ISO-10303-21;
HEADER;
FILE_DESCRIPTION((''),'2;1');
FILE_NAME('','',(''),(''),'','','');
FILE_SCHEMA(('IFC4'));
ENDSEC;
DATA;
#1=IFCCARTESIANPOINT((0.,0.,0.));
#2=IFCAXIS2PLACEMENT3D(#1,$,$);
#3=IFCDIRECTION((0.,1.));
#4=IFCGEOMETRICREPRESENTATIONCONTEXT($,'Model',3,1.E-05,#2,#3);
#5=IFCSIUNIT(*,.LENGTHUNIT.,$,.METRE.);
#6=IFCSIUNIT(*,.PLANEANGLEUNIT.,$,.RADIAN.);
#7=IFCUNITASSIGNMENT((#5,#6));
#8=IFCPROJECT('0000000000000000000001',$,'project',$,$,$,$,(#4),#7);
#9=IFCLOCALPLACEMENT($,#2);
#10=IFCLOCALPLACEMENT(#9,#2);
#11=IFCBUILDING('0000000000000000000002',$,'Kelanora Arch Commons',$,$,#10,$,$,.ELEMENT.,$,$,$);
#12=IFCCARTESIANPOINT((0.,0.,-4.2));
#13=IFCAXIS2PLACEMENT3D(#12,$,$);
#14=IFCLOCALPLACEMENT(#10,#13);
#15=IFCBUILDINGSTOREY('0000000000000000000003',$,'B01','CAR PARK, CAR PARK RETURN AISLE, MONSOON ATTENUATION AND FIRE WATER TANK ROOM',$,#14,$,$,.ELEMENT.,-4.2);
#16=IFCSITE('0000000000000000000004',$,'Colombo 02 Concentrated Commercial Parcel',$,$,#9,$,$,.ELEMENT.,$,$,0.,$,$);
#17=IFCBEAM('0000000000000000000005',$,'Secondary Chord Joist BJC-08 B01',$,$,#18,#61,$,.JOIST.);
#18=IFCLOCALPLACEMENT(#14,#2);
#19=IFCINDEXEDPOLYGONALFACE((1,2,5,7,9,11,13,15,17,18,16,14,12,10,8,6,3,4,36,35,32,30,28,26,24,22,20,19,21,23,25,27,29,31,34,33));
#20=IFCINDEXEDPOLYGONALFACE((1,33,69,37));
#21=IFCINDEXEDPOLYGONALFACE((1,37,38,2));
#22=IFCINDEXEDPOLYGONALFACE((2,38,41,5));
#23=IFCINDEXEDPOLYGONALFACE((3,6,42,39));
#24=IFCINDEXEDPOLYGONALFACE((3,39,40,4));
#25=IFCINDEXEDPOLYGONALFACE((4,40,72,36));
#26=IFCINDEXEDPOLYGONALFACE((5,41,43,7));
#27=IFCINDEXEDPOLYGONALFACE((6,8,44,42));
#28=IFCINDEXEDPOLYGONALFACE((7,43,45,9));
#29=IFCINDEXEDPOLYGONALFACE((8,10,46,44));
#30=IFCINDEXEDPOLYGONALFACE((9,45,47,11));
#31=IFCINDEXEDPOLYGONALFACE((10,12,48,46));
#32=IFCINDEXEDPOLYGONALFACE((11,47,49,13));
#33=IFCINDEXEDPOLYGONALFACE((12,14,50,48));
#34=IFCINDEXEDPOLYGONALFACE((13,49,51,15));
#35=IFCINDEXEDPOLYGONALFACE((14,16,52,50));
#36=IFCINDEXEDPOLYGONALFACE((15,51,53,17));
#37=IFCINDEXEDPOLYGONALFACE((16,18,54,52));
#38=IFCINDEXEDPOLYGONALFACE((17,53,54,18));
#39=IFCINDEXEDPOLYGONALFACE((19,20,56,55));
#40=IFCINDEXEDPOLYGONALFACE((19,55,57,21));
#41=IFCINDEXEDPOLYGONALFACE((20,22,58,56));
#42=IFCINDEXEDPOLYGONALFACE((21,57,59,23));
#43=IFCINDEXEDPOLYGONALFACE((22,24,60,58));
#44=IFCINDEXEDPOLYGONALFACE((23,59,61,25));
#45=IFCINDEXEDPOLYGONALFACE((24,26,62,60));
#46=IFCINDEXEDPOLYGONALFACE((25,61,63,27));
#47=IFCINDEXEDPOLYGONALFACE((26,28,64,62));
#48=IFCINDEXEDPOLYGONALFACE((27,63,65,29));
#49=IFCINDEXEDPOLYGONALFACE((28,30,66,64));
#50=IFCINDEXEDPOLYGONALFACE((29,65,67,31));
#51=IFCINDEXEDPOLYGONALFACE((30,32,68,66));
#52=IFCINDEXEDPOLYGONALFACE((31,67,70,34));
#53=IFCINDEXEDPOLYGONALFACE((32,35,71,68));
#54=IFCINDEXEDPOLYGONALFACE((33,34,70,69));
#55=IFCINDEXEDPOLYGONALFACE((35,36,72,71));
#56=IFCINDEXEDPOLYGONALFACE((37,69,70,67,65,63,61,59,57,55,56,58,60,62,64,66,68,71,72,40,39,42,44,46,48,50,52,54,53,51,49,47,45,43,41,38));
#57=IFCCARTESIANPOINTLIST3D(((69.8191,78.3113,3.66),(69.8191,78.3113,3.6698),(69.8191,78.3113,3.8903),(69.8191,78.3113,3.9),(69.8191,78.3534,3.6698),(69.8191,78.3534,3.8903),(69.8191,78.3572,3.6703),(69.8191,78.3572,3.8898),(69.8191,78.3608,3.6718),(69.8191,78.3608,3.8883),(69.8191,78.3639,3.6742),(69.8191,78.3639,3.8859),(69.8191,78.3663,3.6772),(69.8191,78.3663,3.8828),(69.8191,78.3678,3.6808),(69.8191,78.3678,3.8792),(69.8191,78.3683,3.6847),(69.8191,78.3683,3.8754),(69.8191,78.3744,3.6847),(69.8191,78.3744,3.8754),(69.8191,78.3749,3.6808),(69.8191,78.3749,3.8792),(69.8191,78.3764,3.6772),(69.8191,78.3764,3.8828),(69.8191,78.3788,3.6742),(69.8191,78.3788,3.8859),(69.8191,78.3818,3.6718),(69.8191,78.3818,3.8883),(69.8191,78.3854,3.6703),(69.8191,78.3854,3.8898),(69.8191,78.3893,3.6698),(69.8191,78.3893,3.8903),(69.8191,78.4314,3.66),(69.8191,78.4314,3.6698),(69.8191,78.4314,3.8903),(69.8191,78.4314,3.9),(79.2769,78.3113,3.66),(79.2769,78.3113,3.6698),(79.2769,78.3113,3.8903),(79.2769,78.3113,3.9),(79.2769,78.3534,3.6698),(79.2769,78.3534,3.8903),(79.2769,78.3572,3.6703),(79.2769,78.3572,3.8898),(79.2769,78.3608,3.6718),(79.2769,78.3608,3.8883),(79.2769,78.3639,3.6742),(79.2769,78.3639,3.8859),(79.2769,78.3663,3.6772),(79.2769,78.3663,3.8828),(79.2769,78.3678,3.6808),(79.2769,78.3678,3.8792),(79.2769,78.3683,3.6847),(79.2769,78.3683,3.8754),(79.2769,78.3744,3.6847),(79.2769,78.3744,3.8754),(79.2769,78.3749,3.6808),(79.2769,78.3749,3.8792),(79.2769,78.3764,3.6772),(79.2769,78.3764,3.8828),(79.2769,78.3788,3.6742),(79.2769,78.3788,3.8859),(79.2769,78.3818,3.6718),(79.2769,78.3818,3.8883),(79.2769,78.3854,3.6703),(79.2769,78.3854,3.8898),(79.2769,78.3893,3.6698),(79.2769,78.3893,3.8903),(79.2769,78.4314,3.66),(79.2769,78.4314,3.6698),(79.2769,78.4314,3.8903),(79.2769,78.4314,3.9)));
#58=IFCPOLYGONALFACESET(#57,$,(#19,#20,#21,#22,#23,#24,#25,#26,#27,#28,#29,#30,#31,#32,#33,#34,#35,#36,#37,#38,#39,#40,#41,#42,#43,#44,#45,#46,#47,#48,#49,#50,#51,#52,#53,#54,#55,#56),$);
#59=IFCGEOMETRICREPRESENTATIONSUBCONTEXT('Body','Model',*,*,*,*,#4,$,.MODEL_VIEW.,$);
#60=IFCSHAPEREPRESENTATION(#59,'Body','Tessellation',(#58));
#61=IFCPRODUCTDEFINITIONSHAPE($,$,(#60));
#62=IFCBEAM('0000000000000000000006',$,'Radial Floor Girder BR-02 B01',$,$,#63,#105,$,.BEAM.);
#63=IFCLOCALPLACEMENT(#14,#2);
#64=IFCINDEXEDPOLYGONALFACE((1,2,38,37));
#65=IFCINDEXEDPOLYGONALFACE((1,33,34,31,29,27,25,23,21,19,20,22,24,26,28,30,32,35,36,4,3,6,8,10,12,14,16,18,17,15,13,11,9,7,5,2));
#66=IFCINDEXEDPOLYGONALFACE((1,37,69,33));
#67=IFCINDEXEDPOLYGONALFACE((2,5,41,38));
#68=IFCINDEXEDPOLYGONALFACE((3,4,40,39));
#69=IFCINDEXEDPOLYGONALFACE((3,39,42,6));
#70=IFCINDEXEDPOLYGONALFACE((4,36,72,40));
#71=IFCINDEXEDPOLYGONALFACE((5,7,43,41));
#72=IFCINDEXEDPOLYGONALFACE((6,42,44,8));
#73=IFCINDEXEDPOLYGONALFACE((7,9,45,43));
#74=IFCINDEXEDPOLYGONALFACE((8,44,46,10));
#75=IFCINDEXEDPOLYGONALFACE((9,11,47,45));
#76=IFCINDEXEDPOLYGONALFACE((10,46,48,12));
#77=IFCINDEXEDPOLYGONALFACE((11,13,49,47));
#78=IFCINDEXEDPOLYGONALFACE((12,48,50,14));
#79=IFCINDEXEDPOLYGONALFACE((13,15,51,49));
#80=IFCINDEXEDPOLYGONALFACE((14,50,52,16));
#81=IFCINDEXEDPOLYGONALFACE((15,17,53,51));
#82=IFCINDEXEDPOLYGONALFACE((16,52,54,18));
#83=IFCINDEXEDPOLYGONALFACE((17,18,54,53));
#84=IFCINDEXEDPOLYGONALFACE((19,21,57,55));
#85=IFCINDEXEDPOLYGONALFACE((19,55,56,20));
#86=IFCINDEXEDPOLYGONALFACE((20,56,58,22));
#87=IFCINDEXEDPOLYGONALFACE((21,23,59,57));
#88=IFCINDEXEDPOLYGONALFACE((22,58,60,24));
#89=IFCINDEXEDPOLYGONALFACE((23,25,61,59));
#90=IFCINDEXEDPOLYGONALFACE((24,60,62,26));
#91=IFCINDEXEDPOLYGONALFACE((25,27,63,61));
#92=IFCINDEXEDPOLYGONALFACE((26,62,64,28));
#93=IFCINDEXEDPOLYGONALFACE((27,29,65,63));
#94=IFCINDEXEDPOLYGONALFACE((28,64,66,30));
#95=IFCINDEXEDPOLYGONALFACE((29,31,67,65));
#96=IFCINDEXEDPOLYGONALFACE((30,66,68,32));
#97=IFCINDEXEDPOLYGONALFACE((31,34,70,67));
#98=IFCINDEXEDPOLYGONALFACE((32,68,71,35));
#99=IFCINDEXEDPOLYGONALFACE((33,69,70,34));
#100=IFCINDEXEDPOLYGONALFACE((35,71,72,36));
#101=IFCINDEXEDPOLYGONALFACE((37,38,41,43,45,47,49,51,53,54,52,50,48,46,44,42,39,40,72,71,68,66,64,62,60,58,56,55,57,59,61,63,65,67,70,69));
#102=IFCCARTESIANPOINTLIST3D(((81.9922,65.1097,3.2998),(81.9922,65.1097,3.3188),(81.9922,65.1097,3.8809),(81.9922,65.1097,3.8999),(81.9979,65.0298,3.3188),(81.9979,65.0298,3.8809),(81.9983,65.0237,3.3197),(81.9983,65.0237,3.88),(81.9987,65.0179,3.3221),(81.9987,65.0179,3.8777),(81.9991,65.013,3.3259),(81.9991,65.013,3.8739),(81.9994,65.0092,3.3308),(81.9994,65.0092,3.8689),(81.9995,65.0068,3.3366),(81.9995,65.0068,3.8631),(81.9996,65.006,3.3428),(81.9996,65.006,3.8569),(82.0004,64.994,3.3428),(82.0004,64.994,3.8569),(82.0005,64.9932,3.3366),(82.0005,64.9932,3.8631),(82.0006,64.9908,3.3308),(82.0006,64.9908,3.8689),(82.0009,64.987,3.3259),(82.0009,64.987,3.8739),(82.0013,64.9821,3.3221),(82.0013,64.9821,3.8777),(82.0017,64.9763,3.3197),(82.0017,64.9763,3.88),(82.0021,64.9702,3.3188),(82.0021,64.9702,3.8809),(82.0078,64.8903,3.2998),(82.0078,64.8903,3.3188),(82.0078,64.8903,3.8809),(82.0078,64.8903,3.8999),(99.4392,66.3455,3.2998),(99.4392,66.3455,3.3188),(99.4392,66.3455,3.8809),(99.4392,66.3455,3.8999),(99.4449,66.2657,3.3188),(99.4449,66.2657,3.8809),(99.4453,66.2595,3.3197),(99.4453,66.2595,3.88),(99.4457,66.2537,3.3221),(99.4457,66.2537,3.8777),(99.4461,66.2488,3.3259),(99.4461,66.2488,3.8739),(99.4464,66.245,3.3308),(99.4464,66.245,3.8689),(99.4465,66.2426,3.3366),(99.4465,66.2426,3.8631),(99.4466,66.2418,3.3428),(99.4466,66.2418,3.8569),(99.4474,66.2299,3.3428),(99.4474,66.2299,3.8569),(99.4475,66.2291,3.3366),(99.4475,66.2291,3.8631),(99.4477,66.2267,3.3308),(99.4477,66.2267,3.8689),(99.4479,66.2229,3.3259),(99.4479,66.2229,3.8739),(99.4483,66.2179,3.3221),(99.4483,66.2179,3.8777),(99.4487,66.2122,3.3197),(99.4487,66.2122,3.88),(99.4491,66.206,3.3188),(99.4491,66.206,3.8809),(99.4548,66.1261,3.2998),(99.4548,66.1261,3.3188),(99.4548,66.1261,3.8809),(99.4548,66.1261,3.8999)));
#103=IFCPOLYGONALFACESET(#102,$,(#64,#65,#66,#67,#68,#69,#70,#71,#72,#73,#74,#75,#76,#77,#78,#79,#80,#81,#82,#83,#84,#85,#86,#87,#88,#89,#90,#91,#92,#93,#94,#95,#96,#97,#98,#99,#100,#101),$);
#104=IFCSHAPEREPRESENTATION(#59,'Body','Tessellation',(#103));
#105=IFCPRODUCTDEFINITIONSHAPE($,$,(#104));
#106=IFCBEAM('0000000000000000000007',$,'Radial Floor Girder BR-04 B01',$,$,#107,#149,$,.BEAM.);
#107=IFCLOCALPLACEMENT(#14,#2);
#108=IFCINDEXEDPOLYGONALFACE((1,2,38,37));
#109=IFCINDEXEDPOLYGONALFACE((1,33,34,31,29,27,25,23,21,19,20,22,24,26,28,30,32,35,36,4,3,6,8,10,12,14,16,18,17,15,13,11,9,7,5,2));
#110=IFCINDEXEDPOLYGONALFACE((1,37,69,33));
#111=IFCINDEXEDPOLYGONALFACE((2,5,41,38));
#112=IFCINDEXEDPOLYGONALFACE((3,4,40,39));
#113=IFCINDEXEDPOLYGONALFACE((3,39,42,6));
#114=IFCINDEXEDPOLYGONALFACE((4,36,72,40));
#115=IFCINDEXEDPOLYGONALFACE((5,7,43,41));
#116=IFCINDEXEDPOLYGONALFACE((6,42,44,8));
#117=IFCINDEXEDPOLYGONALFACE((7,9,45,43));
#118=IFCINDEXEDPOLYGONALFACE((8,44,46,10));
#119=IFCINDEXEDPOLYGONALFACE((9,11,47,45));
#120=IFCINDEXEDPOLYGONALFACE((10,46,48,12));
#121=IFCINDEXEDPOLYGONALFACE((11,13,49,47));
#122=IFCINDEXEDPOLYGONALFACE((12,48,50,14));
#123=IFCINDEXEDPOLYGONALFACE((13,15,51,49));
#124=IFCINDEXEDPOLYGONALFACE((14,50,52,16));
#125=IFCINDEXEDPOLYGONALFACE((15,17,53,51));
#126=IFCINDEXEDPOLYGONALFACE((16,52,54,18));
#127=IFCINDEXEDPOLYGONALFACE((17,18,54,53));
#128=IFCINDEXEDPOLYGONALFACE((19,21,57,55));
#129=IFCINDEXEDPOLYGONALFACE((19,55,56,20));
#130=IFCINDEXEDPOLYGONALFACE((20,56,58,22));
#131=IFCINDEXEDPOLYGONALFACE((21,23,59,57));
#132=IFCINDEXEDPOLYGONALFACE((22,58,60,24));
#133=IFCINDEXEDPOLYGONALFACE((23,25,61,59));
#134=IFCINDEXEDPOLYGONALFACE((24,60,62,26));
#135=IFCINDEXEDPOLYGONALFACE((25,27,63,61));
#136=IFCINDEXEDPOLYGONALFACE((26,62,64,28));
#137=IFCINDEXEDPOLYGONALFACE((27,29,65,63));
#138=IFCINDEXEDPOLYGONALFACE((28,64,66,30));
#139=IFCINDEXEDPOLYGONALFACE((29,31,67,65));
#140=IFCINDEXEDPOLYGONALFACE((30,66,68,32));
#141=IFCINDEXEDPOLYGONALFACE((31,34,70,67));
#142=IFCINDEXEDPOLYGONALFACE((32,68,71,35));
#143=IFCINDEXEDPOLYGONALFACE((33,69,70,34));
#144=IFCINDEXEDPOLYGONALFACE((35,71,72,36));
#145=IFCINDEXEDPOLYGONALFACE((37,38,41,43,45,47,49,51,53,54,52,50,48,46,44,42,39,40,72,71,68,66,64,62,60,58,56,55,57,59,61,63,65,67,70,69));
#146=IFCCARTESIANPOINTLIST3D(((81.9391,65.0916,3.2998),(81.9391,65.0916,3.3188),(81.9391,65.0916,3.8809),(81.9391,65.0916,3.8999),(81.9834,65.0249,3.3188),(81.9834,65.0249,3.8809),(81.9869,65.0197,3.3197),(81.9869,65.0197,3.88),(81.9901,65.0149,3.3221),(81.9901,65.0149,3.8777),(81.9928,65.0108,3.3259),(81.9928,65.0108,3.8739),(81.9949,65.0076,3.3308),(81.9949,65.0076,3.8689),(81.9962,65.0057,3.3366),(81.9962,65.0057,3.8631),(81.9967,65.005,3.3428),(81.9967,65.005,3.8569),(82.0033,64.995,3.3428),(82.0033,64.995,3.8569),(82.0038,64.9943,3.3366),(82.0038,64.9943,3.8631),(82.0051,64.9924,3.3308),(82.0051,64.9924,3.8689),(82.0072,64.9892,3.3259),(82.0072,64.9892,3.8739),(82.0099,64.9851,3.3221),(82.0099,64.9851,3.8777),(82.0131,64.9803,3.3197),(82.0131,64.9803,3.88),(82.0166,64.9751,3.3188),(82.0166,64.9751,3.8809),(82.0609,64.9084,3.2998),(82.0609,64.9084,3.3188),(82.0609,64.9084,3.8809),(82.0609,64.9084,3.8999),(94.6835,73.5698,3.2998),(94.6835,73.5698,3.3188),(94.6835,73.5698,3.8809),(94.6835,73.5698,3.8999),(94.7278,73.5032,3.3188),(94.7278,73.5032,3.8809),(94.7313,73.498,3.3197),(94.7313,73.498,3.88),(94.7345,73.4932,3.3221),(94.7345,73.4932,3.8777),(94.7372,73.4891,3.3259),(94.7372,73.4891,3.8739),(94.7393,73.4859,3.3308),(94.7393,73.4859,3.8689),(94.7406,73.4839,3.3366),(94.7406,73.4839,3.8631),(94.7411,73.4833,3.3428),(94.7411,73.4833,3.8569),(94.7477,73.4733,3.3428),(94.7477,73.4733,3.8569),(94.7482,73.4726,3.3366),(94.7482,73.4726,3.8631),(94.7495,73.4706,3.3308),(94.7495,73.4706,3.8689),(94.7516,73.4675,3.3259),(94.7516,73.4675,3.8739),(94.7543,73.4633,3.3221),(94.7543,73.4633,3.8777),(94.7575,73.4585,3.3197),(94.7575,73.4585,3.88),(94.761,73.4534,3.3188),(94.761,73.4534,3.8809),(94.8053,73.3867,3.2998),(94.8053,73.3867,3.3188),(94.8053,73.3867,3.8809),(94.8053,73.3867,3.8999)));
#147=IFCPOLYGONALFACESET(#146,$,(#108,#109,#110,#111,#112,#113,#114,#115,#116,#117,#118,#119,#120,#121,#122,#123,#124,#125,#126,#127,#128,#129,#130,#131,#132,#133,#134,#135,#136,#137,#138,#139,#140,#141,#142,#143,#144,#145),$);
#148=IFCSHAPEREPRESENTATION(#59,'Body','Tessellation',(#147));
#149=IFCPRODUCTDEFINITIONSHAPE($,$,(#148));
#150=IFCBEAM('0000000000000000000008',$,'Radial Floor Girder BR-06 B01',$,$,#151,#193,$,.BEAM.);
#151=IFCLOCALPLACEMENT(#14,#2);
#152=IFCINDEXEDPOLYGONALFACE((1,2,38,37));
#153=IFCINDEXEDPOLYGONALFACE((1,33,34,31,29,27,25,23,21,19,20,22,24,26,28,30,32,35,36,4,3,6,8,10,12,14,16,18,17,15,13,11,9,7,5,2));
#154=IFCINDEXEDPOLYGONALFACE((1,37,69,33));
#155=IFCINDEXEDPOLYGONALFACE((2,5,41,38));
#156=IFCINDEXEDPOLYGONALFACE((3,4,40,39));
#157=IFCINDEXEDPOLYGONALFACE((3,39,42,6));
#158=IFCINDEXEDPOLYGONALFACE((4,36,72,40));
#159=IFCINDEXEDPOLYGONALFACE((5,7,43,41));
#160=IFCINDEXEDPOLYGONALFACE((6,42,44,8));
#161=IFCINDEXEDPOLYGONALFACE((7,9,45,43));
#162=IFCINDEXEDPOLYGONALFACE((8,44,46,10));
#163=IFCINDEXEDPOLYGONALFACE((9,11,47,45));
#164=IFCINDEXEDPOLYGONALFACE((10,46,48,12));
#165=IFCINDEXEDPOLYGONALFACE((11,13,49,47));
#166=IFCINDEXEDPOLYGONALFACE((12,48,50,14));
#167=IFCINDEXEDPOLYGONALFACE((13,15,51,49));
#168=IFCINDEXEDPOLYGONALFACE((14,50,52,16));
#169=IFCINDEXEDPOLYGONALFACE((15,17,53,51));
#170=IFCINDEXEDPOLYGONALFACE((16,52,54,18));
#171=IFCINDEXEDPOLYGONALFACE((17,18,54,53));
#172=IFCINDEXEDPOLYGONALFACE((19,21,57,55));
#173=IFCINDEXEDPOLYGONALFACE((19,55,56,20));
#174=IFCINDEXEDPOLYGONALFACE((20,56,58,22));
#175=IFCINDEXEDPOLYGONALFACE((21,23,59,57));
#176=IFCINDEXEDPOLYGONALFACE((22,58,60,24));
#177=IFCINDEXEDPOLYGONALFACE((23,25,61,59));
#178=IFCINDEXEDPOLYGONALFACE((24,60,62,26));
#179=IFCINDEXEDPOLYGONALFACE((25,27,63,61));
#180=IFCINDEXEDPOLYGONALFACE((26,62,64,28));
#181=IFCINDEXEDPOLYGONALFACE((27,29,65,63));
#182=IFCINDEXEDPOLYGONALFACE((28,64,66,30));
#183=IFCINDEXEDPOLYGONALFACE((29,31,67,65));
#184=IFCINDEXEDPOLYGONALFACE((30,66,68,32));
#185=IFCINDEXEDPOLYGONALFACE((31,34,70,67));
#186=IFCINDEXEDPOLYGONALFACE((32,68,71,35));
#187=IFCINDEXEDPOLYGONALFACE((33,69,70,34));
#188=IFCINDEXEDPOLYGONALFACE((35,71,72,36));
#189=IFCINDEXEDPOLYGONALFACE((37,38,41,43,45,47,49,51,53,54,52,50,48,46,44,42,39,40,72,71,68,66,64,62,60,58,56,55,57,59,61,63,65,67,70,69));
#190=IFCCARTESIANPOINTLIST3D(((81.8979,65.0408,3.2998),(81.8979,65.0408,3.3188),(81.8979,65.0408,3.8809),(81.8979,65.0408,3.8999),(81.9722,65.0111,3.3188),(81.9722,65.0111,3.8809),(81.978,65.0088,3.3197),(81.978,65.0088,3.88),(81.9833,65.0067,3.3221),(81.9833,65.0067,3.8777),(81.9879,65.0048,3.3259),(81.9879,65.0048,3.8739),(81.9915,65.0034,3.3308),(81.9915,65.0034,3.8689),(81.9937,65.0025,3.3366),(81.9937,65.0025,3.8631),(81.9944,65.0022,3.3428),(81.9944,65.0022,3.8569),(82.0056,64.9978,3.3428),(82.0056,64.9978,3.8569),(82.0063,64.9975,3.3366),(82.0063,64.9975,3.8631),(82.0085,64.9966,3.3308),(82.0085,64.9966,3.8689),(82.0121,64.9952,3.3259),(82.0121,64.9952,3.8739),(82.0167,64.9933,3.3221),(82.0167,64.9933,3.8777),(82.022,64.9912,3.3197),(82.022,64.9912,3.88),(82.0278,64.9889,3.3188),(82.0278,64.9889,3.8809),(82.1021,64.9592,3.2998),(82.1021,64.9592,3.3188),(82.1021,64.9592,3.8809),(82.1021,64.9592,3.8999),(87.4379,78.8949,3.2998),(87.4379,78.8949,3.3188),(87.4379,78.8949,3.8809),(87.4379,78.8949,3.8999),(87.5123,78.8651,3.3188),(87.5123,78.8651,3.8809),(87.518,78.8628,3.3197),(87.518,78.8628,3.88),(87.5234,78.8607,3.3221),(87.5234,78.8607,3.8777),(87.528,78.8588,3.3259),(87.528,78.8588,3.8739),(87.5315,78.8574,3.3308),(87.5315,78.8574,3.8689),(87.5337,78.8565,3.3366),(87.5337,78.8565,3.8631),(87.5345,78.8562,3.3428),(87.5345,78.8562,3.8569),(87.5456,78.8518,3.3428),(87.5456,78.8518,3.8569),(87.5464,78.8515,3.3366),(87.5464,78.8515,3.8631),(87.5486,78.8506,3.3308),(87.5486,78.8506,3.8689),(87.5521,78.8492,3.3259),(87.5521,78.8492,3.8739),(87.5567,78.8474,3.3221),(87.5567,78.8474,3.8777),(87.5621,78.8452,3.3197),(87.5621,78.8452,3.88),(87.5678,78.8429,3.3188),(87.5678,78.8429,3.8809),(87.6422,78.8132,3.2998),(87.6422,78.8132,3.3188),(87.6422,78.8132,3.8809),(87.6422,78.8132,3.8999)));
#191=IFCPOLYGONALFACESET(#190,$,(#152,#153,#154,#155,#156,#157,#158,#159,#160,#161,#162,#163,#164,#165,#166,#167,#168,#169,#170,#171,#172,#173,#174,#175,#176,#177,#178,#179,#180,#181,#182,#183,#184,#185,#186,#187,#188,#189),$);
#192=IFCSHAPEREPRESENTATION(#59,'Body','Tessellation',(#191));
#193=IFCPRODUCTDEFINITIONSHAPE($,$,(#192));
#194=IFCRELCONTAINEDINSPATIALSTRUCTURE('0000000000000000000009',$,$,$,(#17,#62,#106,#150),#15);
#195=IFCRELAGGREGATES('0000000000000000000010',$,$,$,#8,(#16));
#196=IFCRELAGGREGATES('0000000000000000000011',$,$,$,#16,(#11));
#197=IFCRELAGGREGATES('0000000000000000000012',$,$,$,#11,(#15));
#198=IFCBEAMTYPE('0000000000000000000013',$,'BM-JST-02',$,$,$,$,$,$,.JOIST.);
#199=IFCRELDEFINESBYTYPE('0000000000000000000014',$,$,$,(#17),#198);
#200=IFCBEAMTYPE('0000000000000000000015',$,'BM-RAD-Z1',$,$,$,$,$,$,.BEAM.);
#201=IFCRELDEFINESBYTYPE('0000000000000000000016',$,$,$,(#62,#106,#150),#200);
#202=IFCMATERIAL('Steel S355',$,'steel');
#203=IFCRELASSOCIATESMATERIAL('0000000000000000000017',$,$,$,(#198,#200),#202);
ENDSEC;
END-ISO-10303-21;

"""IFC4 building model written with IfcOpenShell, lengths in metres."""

from ifc_helpers import new_model, si_unit, direction, frame, origin, origin_2d, place, context, subcontext, project, spatial, i_section, extrude, material, material_profile, profile_set, type_object, element, save


model = new_model("IFC4")

# Units and contexts
model_context = context("Model", 3, precision=1e-05, world=origin(), true_north=direction((0.0, 1.0)))
body_context = subcontext(model_context, "Body", "Model", "MODEL_VIEW")
ifc_project = project(units=[si_unit("LENGTHUNIT", "METRE"), si_unit("PLANEANGLEUNIT", "RADIAN")], contexts=[model_context])

# Site, building, storey
site_placement = place(None, origin())
site = spatial("IfcSite", under=ifc_project, at=site_placement, Name="Colombo 02 Concentrated Commercial Parcel", CompositionType="ELEMENT", RefElevation=0.0)
building_placement = place(site_placement, origin())
building = spatial("IfcBuilding", under=site, at=building_placement, Name="Kelanora Arch Commons", CompositionType="ELEMENT")
storey_placement = place(building_placement, frame((0.0, 0.0, -4.2)))
storey = spatial("IfcBuildingStorey", under=building, at=storey_placement, Name="B01", Description="CAR PARK, CAR PARK RETURN AISLE, MONSOON ATTENUATION AND FIRE WATER TANK ROOM", CompositionType="ELEMENT", Elevation=-4.2)

# Shared definitions
ifc_material_1 = material(Name="Steel S355", Category="steel")

# Beams
ifc_material_profile_1 = material_profile(ifc_material_1, i_section(OverallWidth=0.1201, OverallDepth=0.24, WebThickness=0.0061, FlangeThickness=0.0098, FilletRadius=0.0149, at=origin_2d()), Name="IPE240")
ifc_profile_set_1 = profile_set([ifc_material_profile_1], Name="Steel S355")
beam_type_1 = type_object("IfcBeamType", Name="BM-JST-02", PredefinedType="JOIST", material=ifc_profile_set_1)
beam_1_placement = place(storey_placement, frame((79.2769, 78.3713, 3.78), z_axis=(-1.0, 0.0, 0.0), x_axis=(0.0, -1.0, 0.0)))
element("IfcBeam", 1, at=beam_1_placement, inside=storey, type_object=beam_type_1, Name="Secondary Chord Joist BJC-08 B01", PredefinedType="JOIST", context=body_context, shape_type="SweptSolid", body=[
    extrude(i_section(OverallWidth=0.1201, OverallDepth=0.24, WebThickness=0.0061, FlangeThickness=0.0098, FilletRadius=0.0149, at=origin_2d()), origin(), (0.0, 0.0, 1.0), 9.4578),
])
ifc_material_profile_2 = material_profile(ifc_material_1, i_section(OverallWidth=0.22, OverallDepth=0.6001, WebThickness=0.012, FlangeThickness=0.019, FilletRadius=0.0239, at=origin_2d()), Name="IPE600")
ifc_profile_set_2 = profile_set([ifc_material_profile_2], Name="Steel S355")
beam_type_2 = type_object("IfcBeamType", Name="BM-RAD-Z1", PredefinedType="BEAM", material=ifc_profile_set_2)
beam_2_placement = place(storey_placement, frame((82.0, 65.0, 3.5999), z_axis=(0.997501, 0.070657, 0.0), x_axis=(-0.070657, 0.997501, 0.0)))
element("IfcBeam", 2, at=beam_2_placement, inside=storey, type_object=beam_type_2, Name="Radial Floor Girder BR-02 B01", PredefinedType="BEAM", context=body_context, shape_type="SweptSolid", body=[
    extrude(i_section(OverallWidth=0.22, OverallDepth=0.6001, WebThickness=0.012, FlangeThickness=0.019, FilletRadius=0.0239, at=origin_2d()), origin(), (0.0, 0.0, 1.0), 17.4907),
])
beam_3_placement = place(storey_placement, frame((82.0, 65.0, 3.5999), z_axis=(0.832592, 0.553886, 0.0), x_axis=(-0.553886, 0.832592, 0.0)))
element("IfcBeam", 3, at=beam_3_placement, inside=storey, type_object=beam_type_2, Name="Radial Floor Girder BR-04 B01", PredefinedType="BEAM", context=body_context, shape_type="SweptSolid", body=[
    extrude(i_section(OverallWidth=0.22, OverallDepth=0.6001, WebThickness=0.012, FlangeThickness=0.019, FilletRadius=0.0239, at=origin_2d()), origin(), (0.0, 0.0, 1.0), 15.3069),
])
beam_4_placement = place(storey_placement, frame((82.0, 65.0, 3.5999), z_axis=(0.3713, 0.928513, 0.0), x_axis=(-0.928513, 0.3713, 0.0)))
element("IfcBeam", 4, at=beam_4_placement, inside=storey, type_object=beam_type_2, Name="Radial Floor Girder BR-06 B01", PredefinedType="BEAM", context=body_context, shape_type="SweptSolid", body=[
    extrude(i_section(OverallWidth=0.22, OverallDepth=0.6001, WebThickness=0.012, FlangeThickness=0.019, FilletRadius=0.0239, at=origin_2d()), origin(), (0.0, 0.0, 1.0), 14.9207),
])

save(model, "model.ifc")
